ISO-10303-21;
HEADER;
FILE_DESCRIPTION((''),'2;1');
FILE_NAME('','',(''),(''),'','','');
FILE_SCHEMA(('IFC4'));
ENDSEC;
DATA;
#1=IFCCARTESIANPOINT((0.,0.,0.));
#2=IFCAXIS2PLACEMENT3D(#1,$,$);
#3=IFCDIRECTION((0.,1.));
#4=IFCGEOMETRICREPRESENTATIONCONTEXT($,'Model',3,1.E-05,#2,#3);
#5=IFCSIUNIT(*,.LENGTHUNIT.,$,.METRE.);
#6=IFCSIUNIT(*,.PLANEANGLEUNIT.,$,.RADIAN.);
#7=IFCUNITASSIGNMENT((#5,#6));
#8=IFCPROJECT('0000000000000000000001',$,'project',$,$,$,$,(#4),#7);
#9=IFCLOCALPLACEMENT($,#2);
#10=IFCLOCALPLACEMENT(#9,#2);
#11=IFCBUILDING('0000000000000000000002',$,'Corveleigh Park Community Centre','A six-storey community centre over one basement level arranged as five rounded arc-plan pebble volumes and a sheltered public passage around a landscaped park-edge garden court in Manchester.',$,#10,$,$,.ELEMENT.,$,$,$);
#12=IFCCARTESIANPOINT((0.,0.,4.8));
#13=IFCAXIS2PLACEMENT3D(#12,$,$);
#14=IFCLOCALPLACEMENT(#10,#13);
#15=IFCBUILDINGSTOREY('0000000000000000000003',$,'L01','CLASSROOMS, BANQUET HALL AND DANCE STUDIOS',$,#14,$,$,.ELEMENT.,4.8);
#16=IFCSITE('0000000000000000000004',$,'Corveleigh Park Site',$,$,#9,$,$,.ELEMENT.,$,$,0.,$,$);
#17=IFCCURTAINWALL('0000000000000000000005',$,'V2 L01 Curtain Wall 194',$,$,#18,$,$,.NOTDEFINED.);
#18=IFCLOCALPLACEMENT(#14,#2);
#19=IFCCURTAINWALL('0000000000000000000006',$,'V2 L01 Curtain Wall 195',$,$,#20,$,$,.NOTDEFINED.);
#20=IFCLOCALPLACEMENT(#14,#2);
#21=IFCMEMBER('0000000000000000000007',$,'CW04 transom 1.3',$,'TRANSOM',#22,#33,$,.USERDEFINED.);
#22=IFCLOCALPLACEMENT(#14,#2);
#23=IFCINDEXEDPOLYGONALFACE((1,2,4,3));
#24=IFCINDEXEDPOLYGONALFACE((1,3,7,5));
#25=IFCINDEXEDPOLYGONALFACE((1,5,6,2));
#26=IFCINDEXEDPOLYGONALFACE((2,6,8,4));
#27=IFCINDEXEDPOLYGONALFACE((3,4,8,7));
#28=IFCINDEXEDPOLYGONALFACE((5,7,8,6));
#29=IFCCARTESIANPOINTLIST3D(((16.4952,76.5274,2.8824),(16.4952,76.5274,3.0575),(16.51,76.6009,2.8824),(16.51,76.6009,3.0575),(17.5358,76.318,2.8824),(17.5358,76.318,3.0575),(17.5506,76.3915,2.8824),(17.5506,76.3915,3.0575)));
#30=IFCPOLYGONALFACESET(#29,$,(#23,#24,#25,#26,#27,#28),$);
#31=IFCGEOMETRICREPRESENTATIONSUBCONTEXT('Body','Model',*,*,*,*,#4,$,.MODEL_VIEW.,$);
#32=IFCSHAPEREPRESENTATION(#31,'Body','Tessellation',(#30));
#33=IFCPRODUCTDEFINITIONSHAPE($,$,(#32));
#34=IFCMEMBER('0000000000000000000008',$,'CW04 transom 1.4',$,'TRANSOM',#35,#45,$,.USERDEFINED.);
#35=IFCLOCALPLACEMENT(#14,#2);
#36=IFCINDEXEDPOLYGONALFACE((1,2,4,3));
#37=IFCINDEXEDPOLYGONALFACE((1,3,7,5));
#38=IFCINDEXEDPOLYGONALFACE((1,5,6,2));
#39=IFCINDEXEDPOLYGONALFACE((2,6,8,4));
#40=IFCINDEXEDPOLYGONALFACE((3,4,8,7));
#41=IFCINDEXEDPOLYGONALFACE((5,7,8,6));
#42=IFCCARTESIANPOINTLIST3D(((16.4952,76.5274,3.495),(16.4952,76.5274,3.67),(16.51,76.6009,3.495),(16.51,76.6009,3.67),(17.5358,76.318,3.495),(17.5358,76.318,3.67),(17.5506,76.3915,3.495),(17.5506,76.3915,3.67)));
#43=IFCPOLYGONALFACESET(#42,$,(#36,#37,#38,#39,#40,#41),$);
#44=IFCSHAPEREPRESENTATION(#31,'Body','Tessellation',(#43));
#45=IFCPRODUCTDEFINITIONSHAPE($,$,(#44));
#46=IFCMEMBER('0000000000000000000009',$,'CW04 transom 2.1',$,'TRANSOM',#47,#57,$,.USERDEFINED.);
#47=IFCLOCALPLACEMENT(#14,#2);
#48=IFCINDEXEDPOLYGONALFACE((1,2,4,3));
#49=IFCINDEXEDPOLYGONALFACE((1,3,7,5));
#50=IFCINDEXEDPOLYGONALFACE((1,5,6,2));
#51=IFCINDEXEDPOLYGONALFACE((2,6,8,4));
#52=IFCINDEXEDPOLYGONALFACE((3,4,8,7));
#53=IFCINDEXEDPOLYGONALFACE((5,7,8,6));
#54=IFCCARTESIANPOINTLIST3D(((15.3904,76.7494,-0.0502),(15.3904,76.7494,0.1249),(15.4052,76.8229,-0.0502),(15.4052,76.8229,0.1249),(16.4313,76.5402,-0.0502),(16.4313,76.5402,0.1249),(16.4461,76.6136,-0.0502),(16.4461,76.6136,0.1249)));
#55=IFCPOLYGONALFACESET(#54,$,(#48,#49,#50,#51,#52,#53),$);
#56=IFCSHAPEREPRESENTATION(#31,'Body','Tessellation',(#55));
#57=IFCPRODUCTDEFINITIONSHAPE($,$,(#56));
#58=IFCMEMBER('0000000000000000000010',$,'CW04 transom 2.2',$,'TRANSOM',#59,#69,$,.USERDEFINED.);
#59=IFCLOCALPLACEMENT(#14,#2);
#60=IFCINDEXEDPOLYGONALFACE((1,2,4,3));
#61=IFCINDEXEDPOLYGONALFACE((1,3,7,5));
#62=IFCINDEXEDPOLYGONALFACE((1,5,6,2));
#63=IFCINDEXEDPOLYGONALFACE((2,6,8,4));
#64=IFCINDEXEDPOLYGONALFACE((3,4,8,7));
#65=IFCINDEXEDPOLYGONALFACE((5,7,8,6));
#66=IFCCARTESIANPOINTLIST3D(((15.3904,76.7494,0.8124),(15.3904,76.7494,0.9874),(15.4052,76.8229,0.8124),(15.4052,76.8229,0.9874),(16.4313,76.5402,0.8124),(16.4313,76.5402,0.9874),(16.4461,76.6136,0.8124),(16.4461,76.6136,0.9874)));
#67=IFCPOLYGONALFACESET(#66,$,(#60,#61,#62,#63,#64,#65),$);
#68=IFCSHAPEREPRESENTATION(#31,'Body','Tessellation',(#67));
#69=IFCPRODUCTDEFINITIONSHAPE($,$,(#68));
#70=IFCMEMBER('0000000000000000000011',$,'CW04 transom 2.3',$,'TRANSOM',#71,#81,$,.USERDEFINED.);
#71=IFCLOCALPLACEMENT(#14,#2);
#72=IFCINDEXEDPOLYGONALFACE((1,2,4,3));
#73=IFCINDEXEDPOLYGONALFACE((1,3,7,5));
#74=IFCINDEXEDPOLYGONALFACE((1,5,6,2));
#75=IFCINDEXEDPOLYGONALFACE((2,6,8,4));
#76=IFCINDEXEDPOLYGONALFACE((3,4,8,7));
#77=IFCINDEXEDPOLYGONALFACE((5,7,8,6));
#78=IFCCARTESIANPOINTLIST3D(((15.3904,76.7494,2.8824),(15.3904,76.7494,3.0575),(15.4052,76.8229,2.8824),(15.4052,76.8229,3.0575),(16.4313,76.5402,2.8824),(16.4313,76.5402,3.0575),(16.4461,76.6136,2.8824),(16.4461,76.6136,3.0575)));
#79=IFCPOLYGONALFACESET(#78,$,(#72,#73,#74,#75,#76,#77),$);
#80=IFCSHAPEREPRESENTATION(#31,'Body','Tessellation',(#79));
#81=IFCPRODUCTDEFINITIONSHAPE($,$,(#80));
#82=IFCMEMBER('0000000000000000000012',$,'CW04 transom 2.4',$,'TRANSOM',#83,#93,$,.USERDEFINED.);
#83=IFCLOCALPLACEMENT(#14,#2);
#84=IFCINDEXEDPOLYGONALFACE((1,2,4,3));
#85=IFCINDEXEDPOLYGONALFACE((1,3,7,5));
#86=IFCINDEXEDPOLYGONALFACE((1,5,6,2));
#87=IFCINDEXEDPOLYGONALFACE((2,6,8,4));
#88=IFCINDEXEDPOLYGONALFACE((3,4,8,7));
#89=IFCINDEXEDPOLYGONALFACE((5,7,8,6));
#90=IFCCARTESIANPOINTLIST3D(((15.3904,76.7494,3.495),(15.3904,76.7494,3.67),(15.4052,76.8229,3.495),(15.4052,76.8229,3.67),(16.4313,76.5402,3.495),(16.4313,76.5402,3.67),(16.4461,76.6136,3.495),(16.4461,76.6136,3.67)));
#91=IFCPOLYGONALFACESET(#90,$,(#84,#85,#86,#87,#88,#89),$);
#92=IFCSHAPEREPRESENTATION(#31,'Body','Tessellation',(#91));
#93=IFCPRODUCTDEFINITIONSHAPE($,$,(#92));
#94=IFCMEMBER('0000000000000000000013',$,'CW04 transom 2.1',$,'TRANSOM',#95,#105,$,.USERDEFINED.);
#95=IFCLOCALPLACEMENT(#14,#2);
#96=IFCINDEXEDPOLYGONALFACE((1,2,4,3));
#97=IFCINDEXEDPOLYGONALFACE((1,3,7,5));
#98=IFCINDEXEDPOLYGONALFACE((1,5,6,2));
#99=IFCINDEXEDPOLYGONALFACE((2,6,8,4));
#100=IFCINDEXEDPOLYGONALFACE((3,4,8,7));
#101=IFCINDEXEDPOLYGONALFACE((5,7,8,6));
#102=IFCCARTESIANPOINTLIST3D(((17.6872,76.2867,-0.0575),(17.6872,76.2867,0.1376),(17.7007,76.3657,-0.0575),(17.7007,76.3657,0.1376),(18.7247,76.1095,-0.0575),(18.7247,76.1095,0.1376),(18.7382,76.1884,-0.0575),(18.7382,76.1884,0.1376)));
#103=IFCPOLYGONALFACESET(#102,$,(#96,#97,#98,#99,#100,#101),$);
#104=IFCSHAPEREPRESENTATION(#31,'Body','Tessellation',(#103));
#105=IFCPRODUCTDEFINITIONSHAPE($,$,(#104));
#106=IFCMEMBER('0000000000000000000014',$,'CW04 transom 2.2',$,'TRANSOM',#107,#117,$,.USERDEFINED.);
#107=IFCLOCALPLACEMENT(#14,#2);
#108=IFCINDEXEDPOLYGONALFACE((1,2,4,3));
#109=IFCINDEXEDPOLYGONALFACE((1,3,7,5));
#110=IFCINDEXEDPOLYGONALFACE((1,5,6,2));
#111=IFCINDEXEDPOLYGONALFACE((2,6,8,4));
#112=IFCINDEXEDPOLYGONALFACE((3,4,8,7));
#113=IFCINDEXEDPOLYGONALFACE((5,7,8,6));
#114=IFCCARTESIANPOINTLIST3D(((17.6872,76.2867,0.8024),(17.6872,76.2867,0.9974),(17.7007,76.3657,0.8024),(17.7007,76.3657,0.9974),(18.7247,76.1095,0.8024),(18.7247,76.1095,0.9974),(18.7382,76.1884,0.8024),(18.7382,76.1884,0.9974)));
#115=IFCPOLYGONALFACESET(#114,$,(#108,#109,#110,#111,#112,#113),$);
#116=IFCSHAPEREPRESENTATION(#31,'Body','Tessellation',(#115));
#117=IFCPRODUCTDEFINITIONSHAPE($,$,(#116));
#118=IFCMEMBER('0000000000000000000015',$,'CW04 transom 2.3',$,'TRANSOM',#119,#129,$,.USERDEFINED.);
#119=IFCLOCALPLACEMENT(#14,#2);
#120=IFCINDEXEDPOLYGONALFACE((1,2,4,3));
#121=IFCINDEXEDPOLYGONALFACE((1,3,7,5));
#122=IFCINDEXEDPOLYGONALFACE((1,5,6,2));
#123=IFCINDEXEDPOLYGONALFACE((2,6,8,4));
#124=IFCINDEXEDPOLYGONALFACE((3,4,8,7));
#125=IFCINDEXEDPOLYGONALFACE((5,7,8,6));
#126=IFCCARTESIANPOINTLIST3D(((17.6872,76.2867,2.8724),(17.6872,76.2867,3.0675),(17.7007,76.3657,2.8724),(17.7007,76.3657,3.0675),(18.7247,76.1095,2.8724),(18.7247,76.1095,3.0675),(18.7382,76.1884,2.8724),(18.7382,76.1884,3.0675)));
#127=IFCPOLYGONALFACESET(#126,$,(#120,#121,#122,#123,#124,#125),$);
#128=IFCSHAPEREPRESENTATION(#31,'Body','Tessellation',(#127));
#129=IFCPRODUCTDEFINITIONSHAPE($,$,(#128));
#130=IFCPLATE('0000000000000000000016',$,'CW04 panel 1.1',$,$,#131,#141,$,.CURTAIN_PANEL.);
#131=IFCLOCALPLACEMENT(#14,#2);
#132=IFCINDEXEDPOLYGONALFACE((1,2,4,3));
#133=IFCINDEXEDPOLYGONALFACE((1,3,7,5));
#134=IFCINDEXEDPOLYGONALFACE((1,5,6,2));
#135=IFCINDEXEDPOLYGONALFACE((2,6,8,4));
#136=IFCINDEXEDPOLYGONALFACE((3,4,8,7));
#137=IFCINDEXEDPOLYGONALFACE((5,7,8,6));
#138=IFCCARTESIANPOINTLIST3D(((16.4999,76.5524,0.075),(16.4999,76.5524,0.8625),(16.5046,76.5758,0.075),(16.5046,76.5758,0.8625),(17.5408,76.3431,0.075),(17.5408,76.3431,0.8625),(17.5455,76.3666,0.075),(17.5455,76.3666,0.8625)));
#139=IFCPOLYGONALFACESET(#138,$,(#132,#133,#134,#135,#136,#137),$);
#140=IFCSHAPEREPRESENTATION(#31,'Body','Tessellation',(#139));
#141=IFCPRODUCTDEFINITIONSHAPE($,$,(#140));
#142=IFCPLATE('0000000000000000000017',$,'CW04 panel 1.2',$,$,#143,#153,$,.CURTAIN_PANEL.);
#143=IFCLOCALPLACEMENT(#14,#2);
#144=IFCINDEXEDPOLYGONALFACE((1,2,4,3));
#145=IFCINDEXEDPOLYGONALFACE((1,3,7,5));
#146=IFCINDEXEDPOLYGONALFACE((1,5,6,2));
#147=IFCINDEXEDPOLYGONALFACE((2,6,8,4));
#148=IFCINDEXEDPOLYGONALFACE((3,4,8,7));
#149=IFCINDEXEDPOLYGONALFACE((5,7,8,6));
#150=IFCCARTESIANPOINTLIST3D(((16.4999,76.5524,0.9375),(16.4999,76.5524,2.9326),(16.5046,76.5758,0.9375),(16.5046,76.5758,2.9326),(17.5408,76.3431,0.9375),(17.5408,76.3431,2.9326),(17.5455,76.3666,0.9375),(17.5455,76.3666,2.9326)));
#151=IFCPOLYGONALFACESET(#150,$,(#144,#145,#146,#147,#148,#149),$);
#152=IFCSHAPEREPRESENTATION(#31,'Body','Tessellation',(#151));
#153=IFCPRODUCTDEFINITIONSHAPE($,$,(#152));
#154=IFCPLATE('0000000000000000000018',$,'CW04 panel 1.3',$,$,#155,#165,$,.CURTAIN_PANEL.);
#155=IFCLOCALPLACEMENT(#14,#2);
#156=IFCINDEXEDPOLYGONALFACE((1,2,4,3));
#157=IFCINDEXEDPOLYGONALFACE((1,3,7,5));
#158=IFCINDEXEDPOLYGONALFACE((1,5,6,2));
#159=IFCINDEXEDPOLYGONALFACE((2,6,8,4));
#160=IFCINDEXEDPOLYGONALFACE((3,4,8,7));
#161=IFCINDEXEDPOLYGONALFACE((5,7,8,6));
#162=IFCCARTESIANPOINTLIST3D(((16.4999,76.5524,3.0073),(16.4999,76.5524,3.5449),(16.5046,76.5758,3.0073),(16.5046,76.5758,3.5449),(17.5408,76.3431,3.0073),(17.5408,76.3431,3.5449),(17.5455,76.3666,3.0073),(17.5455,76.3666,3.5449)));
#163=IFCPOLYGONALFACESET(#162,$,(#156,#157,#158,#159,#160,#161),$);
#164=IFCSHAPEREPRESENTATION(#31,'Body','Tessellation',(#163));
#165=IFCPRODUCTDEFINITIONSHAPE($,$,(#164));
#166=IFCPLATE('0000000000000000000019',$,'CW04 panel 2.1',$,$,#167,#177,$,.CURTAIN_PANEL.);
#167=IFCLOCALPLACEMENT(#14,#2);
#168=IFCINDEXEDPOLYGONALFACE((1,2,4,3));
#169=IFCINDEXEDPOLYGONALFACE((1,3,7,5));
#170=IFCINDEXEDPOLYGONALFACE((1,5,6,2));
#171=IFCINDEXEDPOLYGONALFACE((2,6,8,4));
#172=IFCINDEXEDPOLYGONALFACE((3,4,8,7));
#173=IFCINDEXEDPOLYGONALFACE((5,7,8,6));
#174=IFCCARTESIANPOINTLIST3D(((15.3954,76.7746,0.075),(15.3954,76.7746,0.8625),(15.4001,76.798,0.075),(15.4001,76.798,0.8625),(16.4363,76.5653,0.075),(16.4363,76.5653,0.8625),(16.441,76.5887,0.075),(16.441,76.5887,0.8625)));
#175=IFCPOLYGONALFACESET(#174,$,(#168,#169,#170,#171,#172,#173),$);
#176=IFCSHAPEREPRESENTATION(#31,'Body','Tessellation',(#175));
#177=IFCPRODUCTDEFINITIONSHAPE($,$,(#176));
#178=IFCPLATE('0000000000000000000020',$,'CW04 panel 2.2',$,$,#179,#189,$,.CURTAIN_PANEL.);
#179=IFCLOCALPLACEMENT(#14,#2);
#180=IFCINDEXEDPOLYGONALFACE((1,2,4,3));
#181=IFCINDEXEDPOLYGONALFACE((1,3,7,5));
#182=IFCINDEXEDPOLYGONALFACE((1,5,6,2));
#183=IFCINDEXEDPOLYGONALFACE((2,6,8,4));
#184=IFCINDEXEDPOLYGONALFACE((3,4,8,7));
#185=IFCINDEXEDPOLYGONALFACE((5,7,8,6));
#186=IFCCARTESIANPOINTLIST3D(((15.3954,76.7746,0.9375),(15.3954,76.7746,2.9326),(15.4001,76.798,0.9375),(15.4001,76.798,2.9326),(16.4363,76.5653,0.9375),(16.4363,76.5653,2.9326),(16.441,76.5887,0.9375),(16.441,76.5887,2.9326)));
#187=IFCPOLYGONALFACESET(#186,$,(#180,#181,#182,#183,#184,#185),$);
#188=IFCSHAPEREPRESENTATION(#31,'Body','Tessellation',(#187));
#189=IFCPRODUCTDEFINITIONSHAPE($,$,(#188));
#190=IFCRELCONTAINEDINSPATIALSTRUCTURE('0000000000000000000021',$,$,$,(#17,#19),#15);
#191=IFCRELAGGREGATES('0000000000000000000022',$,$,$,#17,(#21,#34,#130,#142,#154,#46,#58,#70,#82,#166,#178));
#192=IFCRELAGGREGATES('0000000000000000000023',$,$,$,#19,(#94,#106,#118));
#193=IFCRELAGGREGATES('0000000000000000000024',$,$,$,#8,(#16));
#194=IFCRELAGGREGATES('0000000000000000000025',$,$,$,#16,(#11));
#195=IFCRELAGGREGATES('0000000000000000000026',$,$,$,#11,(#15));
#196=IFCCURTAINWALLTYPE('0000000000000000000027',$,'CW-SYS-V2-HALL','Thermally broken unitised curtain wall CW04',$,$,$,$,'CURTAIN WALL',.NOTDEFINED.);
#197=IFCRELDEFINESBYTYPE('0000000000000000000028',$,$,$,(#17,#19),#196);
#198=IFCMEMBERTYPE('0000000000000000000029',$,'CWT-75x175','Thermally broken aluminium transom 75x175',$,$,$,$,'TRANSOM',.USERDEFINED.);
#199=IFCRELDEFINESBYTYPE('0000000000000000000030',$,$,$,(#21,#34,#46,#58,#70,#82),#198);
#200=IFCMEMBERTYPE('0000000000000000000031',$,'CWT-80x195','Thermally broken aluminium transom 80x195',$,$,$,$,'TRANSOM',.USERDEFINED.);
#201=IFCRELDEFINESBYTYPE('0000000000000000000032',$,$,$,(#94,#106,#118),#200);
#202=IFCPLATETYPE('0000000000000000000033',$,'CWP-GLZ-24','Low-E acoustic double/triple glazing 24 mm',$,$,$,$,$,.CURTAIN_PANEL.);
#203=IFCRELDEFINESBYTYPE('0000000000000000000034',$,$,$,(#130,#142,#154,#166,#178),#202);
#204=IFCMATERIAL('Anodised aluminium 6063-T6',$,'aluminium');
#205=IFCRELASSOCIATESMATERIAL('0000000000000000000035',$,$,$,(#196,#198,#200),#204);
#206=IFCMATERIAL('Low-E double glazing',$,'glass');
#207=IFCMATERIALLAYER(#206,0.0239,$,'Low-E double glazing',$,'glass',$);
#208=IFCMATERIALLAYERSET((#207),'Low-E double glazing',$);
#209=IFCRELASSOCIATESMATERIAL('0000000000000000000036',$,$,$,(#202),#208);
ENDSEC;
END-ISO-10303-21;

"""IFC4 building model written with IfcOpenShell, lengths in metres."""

from ifc_helpers import new_model, si_unit, direction, frame, origin, origin_2d, place, context, subcontext, project, spatial, rectangle, extrude, material, layer, layer_set, material_profile, profile_set, type_object, element, aggregate, save


model = new_model("IFC4")

# Units and contexts
model_context = context("Model", 3, precision=1e-05, world=origin(), true_north=direction((0.0, 1.0)))
body_context = subcontext(model_context, "Body", "Model", "MODEL_VIEW")
ifc_project = project(units=[si_unit("LENGTHUNIT", "METRE"), si_unit("PLANEANGLEUNIT", "RADIAN")], contexts=[model_context])

# Site, building, storey
site_placement = place(None, origin())
site = spatial("IfcSite", under=ifc_project, at=site_placement, Name="Corveleigh Park Site", CompositionType="ELEMENT", RefElevation=0.0)
building_placement = place(site_placement, origin())
building = spatial("IfcBuilding", under=site, at=building_placement, Name="Corveleigh Park Community Centre", Description="A six-storey community centre over one basement level arranged as five rounded arc-plan pebble volumes and a sheltered public passage around a landscaped park-edge garden court in Manchester.", CompositionType="ELEMENT")
storey_placement = place(building_placement, frame((0.0, 0.0, 4.8)))
storey = spatial("IfcBuildingStorey", under=building, at=storey_placement, Name="L01", Description="CLASSROOMS, BANQUET HALL AND DANCE STUDIOS", CompositionType="ELEMENT", Elevation=4.8)

# Curtain wall
ifc_material_1 = material(Name="Anodised aluminium 6063-T6", Category="aluminium")
curtain_wall_type = type_object("IfcCurtainWallType", Name="CW-SYS-V2-HALL", Description="Thermally broken unitised curtain wall CW04", ElementType="CURTAIN WALL", PredefinedType="NOTDEFINED", material=ifc_material_1)
curtain_wall_1_placement = place(storey_placement, origin())
curtain_wall_1 = element("IfcCurtainWall", 1, at=curtain_wall_1_placement, inside=storey, type_object=curtain_wall_type, Name="V2 L01 Curtain Wall 194", PredefinedType="NOTDEFINED")

# Curtain wall
curtain_wall_2_placement = place(storey_placement, origin())
curtain_wall_2 = element("IfcCurtainWall", 2, at=curtain_wall_2_placement, inside=storey, type_object=curtain_wall_type, Name="V2 L01 Curtain Wall 195", PredefinedType="NOTDEFINED")

# Members
ifc_material_profile_1 = material_profile(ifc_material_1, rectangle(XDim=0.075, YDim=0.175, at=origin_2d()), Name="ALU-T75x175", Category="aluminium")
ifc_profile_set_1 = profile_set([ifc_material_profile_1], Name="Anodised aluminium 6063-T6")
member_type_1 = type_object("IfcMemberType", Name="CWT-75x175", Description="Thermally broken aluminium transom 75x175", ElementType="TRANSOM", PredefinedType="USERDEFINED", material=ifc_profile_set_1)
member_1_placement = place(storey_placement, frame((17.5432, 76.3547, 2.97), z_axis=(-0.980341, 0.19731, 0.0), x_axis=(-0.19731, -0.980341, 0.0)))
member_1 = element("IfcMember", 3, at=member_1_placement, type_object=member_type_1, Name="CW04 transom 1.3", ObjectType="TRANSOM", PredefinedType="USERDEFINED", context=body_context, shape_type="SweptSolid", body=[
    extrude(rectangle(XDim=0.075, YDim=0.175, at=origin_2d()), origin(), (0.0, 0.0, 1.0), 1.0615),
])
member_2_placement = place(storey_placement, frame((17.5432, 76.3547, 3.5825), z_axis=(-0.980341, 0.19731, 0.0), x_axis=(-0.19731, -0.980341, 0.0)))
member_2 = element("IfcMember", 4, at=member_2_placement, type_object=member_type_1, Name="CW04 transom 1.4", ObjectType="TRANSOM", PredefinedType="USERDEFINED", context=body_context, shape_type="SweptSolid", body=[
    extrude(rectangle(XDim=0.075, YDim=0.175, at=origin_2d()), origin(), (0.0, 0.0, 1.0), 1.0615),
])
member_3_placement = place(storey_placement, frame((16.4387, 76.5769, 0.0374), z_axis=(-0.980395, 0.197045, 0.0), x_axis=(-0.197045, -0.980395, 0.0)))
member_3 = element("IfcMember", 5, at=member_3_placement, type_object=member_type_1, Name="CW04 transom 2.1", ObjectType="TRANSOM", PredefinedType="USERDEFINED", context=body_context, shape_type="SweptSolid", body=[
    extrude(rectangle(XDim=0.075, YDim=0.175, at=origin_2d()), origin(), (0.0, 0.0, 1.0), 1.0618),
])
member_4_placement = place(storey_placement, frame((16.4387, 76.5769, 0.8999), z_axis=(-0.980395, 0.197045, 0.0), x_axis=(-0.197045, -0.980395, 0.0)))
member_4 = element("IfcMember", 6, at=member_4_placement, type_object=member_type_1, Name="CW04 transom 2.2", ObjectType="TRANSOM", PredefinedType="USERDEFINED", context=body_context, shape_type="SweptSolid", body=[
    extrude(rectangle(XDim=0.075, YDim=0.175, at=origin_2d()), origin(), (0.0, 0.0, 1.0), 1.0618),
])
member_5_placement = place(storey_placement, frame((16.4387, 76.5769, 2.97), z_axis=(-0.980395, 0.197045, 0.0), x_axis=(-0.197045, -0.980395, 0.0)))
member_5 = element("IfcMember", 7, at=member_5_placement, type_object=member_type_1, Name="CW04 transom 2.3", ObjectType="TRANSOM", PredefinedType="USERDEFINED", context=body_context, shape_type="SweptSolid", body=[
    extrude(rectangle(XDim=0.075, YDim=0.175, at=origin_2d()), origin(), (0.0, 0.0, 1.0), 1.0618),
])
member_6_placement = place(storey_placement, frame((16.4387, 76.5769, 3.5825), z_axis=(-0.980395, 0.197045, 0.0), x_axis=(-0.197045, -0.980395, 0.0)))
member_6 = element("IfcMember", 8, at=member_6_placement, type_object=member_type_1, Name="CW04 transom 2.4", ObjectType="TRANSOM", PredefinedType="USERDEFINED", context=body_context, shape_type="SweptSolid", body=[
    extrude(rectangle(XDim=0.075, YDim=0.175, at=origin_2d()), origin(), (0.0, 0.0, 1.0), 1.0618),
])
ifc_material_profile_2 = material_profile(ifc_material_1, rectangle(XDim=0.0801, YDim=0.1951, at=origin_2d()), Name="ALU-T80x195", Category="aluminium")
ifc_profile_set_2 = profile_set([ifc_material_profile_2], Name="Anodised aluminium 6063-T6")
member_type_2 = type_object("IfcMemberType", Name="CWT-80x195", Description="Thermally broken aluminium transom 80x195", ElementType="TRANSOM", PredefinedType="USERDEFINED", material=ifc_profile_set_2)
member_7_placement = place(storey_placement, frame((18.7314, 76.1489, 0.04), z_axis=(-0.985715, 0.168423, 0.0), x_axis=(-0.168423, -0.985715, 0.0)))
member_7 = element("IfcMember", 9, at=member_7_placement, type_object=member_type_2, Name="CW04 transom 2.1", ObjectType="TRANSOM", PredefinedType="USERDEFINED", context=body_context, shape_type="SweptSolid", body=[
    extrude(rectangle(XDim=0.0801, YDim=0.1951, at=origin_2d()), origin(), (0.0, 0.0, 1.0), 1.0525),
])
member_8_placement = place(storey_placement, frame((18.7314, 76.1489, 0.8999), z_axis=(-0.985715, 0.168423, 0.0), x_axis=(-0.168423, -0.985715, 0.0)))
member_8 = element("IfcMember", 10, at=member_8_placement, type_object=member_type_2, Name="CW04 transom 2.2", ObjectType="TRANSOM", PredefinedType="USERDEFINED", context=body_context, shape_type="SweptSolid", body=[
    extrude(rectangle(XDim=0.0801, YDim=0.1951, at=origin_2d()), origin(), (0.0, 0.0, 1.0), 1.0525),
])
member_9_placement = place(storey_placement, frame((18.7314, 76.1489, 2.97), z_axis=(-0.985715, 0.168423, 0.0), x_axis=(-0.168423, -0.985715, 0.0)))
member_9 = element("IfcMember", 11, at=member_9_placement, type_object=member_type_2, Name="CW04 transom 2.3", ObjectType="TRANSOM", PredefinedType="USERDEFINED", context=body_context, shape_type="SweptSolid", body=[
    extrude(rectangle(XDim=0.0801, YDim=0.1951, at=origin_2d()), origin(), (0.0, 0.0, 1.0), 1.0525),
])

# Plates
ifc_material_2 = material(Name="Low-E double glazing", Category="glass")
ifc_layer_1 = layer(ifc_material_2, 0.0239, Name="Low-E double glazing", Category="glass")
ifc_layer_set_1 = layer_set([ifc_layer_1], Name="Low-E double glazing")
plate_type_1 = type_object("IfcPlateType", Name="CWP-GLZ-24", Description="Low-E acoustic double/triple glazing 24 mm", PredefinedType="CURTAIN_PANEL", material=ifc_layer_set_1)
plate_1_placement = place(storey_placement, frame((17.0227, 76.4595, 0.075), z_axis=(0.0, 0.0, 1.0), x_axis=(-0.980381, 0.197111, 0.0)))
plate_1 = element("IfcPlate", 12, at=plate_1_placement, type_object=plate_type_1, Name="CW04 panel 1.1", PredefinedType="CURTAIN_PANEL", context=body_context, shape_type="SweptSolid", body=[
    extrude(rectangle(XDim=1.0618, YDim=0.0239, at=origin_2d()), origin(), (0.0, 0.0, 1.0), 0.7876),
])
plate_2_placement = place(storey_placement, frame((17.0227, 76.4595, 0.9375), z_axis=(0.0, 0.0, 1.0), x_axis=(-0.980381, 0.197111, 0.0)))
plate_2 = element("IfcPlate", 13, at=plate_2_placement, type_object=plate_type_1, Name="CW04 panel 1.2", PredefinedType="CURTAIN_PANEL", context=body_context, shape_type="SweptSolid", body=[
    extrude(rectangle(XDim=1.0618, YDim=0.0239, at=origin_2d()), origin(), (0.0, 0.0, 1.0), 1.9951),
])
plate_3_placement = place(storey_placement, frame((17.0227, 76.4595, 3.0073), z_axis=(0.0, 0.0, 1.0), x_axis=(-0.980381, 0.197111, 0.0)))
plate_3 = element("IfcPlate", 14, at=plate_3_placement, type_object=plate_type_1, Name="CW04 panel 1.3", PredefinedType="CURTAIN_PANEL", context=body_context, shape_type="SweptSolid", body=[
    extrude(rectangle(XDim=1.0618, YDim=0.0239, at=origin_2d()), origin(), (0.0, 0.0, 1.0), 0.5376),
])
plate_4_placement = place(storey_placement, frame((15.9182, 76.6816, 0.075), z_axis=(0.0, 0.0, 1.0), x_axis=(-0.980381, 0.197111, 0.0)))
plate_4 = element("IfcPlate", 15, at=plate_4_placement, type_object=plate_type_1, Name="CW04 panel 2.1", PredefinedType="CURTAIN_PANEL", context=body_context, shape_type="SweptSolid", body=[
    extrude(rectangle(XDim=1.0618, YDim=0.0239, at=origin_2d()), origin(), (0.0, 0.0, 1.0), 0.7876),
])
plate_5_placement = place(storey_placement, frame((15.9182, 76.6816, 0.9375), z_axis=(0.0, 0.0, 1.0), x_axis=(-0.980381, 0.197111, 0.0)))
plate_5 = element("IfcPlate", 16, at=plate_5_placement, type_object=plate_type_1, Name="CW04 panel 2.2", PredefinedType="CURTAIN_PANEL", context=body_context, shape_type="SweptSolid", body=[
    extrude(rectangle(XDim=1.0618, YDim=0.0239, at=origin_2d()), origin(), (0.0, 0.0, 1.0), 1.9951),
])
aggregate(curtain_wall_1, [member_1, member_2, plate_1, plate_2, plate_3, member_3, member_4, member_5, member_6, plate_4, plate_5])
aggregate(curtain_wall_2, [member_7, member_8, member_9])

save(model, "model.ifc")
